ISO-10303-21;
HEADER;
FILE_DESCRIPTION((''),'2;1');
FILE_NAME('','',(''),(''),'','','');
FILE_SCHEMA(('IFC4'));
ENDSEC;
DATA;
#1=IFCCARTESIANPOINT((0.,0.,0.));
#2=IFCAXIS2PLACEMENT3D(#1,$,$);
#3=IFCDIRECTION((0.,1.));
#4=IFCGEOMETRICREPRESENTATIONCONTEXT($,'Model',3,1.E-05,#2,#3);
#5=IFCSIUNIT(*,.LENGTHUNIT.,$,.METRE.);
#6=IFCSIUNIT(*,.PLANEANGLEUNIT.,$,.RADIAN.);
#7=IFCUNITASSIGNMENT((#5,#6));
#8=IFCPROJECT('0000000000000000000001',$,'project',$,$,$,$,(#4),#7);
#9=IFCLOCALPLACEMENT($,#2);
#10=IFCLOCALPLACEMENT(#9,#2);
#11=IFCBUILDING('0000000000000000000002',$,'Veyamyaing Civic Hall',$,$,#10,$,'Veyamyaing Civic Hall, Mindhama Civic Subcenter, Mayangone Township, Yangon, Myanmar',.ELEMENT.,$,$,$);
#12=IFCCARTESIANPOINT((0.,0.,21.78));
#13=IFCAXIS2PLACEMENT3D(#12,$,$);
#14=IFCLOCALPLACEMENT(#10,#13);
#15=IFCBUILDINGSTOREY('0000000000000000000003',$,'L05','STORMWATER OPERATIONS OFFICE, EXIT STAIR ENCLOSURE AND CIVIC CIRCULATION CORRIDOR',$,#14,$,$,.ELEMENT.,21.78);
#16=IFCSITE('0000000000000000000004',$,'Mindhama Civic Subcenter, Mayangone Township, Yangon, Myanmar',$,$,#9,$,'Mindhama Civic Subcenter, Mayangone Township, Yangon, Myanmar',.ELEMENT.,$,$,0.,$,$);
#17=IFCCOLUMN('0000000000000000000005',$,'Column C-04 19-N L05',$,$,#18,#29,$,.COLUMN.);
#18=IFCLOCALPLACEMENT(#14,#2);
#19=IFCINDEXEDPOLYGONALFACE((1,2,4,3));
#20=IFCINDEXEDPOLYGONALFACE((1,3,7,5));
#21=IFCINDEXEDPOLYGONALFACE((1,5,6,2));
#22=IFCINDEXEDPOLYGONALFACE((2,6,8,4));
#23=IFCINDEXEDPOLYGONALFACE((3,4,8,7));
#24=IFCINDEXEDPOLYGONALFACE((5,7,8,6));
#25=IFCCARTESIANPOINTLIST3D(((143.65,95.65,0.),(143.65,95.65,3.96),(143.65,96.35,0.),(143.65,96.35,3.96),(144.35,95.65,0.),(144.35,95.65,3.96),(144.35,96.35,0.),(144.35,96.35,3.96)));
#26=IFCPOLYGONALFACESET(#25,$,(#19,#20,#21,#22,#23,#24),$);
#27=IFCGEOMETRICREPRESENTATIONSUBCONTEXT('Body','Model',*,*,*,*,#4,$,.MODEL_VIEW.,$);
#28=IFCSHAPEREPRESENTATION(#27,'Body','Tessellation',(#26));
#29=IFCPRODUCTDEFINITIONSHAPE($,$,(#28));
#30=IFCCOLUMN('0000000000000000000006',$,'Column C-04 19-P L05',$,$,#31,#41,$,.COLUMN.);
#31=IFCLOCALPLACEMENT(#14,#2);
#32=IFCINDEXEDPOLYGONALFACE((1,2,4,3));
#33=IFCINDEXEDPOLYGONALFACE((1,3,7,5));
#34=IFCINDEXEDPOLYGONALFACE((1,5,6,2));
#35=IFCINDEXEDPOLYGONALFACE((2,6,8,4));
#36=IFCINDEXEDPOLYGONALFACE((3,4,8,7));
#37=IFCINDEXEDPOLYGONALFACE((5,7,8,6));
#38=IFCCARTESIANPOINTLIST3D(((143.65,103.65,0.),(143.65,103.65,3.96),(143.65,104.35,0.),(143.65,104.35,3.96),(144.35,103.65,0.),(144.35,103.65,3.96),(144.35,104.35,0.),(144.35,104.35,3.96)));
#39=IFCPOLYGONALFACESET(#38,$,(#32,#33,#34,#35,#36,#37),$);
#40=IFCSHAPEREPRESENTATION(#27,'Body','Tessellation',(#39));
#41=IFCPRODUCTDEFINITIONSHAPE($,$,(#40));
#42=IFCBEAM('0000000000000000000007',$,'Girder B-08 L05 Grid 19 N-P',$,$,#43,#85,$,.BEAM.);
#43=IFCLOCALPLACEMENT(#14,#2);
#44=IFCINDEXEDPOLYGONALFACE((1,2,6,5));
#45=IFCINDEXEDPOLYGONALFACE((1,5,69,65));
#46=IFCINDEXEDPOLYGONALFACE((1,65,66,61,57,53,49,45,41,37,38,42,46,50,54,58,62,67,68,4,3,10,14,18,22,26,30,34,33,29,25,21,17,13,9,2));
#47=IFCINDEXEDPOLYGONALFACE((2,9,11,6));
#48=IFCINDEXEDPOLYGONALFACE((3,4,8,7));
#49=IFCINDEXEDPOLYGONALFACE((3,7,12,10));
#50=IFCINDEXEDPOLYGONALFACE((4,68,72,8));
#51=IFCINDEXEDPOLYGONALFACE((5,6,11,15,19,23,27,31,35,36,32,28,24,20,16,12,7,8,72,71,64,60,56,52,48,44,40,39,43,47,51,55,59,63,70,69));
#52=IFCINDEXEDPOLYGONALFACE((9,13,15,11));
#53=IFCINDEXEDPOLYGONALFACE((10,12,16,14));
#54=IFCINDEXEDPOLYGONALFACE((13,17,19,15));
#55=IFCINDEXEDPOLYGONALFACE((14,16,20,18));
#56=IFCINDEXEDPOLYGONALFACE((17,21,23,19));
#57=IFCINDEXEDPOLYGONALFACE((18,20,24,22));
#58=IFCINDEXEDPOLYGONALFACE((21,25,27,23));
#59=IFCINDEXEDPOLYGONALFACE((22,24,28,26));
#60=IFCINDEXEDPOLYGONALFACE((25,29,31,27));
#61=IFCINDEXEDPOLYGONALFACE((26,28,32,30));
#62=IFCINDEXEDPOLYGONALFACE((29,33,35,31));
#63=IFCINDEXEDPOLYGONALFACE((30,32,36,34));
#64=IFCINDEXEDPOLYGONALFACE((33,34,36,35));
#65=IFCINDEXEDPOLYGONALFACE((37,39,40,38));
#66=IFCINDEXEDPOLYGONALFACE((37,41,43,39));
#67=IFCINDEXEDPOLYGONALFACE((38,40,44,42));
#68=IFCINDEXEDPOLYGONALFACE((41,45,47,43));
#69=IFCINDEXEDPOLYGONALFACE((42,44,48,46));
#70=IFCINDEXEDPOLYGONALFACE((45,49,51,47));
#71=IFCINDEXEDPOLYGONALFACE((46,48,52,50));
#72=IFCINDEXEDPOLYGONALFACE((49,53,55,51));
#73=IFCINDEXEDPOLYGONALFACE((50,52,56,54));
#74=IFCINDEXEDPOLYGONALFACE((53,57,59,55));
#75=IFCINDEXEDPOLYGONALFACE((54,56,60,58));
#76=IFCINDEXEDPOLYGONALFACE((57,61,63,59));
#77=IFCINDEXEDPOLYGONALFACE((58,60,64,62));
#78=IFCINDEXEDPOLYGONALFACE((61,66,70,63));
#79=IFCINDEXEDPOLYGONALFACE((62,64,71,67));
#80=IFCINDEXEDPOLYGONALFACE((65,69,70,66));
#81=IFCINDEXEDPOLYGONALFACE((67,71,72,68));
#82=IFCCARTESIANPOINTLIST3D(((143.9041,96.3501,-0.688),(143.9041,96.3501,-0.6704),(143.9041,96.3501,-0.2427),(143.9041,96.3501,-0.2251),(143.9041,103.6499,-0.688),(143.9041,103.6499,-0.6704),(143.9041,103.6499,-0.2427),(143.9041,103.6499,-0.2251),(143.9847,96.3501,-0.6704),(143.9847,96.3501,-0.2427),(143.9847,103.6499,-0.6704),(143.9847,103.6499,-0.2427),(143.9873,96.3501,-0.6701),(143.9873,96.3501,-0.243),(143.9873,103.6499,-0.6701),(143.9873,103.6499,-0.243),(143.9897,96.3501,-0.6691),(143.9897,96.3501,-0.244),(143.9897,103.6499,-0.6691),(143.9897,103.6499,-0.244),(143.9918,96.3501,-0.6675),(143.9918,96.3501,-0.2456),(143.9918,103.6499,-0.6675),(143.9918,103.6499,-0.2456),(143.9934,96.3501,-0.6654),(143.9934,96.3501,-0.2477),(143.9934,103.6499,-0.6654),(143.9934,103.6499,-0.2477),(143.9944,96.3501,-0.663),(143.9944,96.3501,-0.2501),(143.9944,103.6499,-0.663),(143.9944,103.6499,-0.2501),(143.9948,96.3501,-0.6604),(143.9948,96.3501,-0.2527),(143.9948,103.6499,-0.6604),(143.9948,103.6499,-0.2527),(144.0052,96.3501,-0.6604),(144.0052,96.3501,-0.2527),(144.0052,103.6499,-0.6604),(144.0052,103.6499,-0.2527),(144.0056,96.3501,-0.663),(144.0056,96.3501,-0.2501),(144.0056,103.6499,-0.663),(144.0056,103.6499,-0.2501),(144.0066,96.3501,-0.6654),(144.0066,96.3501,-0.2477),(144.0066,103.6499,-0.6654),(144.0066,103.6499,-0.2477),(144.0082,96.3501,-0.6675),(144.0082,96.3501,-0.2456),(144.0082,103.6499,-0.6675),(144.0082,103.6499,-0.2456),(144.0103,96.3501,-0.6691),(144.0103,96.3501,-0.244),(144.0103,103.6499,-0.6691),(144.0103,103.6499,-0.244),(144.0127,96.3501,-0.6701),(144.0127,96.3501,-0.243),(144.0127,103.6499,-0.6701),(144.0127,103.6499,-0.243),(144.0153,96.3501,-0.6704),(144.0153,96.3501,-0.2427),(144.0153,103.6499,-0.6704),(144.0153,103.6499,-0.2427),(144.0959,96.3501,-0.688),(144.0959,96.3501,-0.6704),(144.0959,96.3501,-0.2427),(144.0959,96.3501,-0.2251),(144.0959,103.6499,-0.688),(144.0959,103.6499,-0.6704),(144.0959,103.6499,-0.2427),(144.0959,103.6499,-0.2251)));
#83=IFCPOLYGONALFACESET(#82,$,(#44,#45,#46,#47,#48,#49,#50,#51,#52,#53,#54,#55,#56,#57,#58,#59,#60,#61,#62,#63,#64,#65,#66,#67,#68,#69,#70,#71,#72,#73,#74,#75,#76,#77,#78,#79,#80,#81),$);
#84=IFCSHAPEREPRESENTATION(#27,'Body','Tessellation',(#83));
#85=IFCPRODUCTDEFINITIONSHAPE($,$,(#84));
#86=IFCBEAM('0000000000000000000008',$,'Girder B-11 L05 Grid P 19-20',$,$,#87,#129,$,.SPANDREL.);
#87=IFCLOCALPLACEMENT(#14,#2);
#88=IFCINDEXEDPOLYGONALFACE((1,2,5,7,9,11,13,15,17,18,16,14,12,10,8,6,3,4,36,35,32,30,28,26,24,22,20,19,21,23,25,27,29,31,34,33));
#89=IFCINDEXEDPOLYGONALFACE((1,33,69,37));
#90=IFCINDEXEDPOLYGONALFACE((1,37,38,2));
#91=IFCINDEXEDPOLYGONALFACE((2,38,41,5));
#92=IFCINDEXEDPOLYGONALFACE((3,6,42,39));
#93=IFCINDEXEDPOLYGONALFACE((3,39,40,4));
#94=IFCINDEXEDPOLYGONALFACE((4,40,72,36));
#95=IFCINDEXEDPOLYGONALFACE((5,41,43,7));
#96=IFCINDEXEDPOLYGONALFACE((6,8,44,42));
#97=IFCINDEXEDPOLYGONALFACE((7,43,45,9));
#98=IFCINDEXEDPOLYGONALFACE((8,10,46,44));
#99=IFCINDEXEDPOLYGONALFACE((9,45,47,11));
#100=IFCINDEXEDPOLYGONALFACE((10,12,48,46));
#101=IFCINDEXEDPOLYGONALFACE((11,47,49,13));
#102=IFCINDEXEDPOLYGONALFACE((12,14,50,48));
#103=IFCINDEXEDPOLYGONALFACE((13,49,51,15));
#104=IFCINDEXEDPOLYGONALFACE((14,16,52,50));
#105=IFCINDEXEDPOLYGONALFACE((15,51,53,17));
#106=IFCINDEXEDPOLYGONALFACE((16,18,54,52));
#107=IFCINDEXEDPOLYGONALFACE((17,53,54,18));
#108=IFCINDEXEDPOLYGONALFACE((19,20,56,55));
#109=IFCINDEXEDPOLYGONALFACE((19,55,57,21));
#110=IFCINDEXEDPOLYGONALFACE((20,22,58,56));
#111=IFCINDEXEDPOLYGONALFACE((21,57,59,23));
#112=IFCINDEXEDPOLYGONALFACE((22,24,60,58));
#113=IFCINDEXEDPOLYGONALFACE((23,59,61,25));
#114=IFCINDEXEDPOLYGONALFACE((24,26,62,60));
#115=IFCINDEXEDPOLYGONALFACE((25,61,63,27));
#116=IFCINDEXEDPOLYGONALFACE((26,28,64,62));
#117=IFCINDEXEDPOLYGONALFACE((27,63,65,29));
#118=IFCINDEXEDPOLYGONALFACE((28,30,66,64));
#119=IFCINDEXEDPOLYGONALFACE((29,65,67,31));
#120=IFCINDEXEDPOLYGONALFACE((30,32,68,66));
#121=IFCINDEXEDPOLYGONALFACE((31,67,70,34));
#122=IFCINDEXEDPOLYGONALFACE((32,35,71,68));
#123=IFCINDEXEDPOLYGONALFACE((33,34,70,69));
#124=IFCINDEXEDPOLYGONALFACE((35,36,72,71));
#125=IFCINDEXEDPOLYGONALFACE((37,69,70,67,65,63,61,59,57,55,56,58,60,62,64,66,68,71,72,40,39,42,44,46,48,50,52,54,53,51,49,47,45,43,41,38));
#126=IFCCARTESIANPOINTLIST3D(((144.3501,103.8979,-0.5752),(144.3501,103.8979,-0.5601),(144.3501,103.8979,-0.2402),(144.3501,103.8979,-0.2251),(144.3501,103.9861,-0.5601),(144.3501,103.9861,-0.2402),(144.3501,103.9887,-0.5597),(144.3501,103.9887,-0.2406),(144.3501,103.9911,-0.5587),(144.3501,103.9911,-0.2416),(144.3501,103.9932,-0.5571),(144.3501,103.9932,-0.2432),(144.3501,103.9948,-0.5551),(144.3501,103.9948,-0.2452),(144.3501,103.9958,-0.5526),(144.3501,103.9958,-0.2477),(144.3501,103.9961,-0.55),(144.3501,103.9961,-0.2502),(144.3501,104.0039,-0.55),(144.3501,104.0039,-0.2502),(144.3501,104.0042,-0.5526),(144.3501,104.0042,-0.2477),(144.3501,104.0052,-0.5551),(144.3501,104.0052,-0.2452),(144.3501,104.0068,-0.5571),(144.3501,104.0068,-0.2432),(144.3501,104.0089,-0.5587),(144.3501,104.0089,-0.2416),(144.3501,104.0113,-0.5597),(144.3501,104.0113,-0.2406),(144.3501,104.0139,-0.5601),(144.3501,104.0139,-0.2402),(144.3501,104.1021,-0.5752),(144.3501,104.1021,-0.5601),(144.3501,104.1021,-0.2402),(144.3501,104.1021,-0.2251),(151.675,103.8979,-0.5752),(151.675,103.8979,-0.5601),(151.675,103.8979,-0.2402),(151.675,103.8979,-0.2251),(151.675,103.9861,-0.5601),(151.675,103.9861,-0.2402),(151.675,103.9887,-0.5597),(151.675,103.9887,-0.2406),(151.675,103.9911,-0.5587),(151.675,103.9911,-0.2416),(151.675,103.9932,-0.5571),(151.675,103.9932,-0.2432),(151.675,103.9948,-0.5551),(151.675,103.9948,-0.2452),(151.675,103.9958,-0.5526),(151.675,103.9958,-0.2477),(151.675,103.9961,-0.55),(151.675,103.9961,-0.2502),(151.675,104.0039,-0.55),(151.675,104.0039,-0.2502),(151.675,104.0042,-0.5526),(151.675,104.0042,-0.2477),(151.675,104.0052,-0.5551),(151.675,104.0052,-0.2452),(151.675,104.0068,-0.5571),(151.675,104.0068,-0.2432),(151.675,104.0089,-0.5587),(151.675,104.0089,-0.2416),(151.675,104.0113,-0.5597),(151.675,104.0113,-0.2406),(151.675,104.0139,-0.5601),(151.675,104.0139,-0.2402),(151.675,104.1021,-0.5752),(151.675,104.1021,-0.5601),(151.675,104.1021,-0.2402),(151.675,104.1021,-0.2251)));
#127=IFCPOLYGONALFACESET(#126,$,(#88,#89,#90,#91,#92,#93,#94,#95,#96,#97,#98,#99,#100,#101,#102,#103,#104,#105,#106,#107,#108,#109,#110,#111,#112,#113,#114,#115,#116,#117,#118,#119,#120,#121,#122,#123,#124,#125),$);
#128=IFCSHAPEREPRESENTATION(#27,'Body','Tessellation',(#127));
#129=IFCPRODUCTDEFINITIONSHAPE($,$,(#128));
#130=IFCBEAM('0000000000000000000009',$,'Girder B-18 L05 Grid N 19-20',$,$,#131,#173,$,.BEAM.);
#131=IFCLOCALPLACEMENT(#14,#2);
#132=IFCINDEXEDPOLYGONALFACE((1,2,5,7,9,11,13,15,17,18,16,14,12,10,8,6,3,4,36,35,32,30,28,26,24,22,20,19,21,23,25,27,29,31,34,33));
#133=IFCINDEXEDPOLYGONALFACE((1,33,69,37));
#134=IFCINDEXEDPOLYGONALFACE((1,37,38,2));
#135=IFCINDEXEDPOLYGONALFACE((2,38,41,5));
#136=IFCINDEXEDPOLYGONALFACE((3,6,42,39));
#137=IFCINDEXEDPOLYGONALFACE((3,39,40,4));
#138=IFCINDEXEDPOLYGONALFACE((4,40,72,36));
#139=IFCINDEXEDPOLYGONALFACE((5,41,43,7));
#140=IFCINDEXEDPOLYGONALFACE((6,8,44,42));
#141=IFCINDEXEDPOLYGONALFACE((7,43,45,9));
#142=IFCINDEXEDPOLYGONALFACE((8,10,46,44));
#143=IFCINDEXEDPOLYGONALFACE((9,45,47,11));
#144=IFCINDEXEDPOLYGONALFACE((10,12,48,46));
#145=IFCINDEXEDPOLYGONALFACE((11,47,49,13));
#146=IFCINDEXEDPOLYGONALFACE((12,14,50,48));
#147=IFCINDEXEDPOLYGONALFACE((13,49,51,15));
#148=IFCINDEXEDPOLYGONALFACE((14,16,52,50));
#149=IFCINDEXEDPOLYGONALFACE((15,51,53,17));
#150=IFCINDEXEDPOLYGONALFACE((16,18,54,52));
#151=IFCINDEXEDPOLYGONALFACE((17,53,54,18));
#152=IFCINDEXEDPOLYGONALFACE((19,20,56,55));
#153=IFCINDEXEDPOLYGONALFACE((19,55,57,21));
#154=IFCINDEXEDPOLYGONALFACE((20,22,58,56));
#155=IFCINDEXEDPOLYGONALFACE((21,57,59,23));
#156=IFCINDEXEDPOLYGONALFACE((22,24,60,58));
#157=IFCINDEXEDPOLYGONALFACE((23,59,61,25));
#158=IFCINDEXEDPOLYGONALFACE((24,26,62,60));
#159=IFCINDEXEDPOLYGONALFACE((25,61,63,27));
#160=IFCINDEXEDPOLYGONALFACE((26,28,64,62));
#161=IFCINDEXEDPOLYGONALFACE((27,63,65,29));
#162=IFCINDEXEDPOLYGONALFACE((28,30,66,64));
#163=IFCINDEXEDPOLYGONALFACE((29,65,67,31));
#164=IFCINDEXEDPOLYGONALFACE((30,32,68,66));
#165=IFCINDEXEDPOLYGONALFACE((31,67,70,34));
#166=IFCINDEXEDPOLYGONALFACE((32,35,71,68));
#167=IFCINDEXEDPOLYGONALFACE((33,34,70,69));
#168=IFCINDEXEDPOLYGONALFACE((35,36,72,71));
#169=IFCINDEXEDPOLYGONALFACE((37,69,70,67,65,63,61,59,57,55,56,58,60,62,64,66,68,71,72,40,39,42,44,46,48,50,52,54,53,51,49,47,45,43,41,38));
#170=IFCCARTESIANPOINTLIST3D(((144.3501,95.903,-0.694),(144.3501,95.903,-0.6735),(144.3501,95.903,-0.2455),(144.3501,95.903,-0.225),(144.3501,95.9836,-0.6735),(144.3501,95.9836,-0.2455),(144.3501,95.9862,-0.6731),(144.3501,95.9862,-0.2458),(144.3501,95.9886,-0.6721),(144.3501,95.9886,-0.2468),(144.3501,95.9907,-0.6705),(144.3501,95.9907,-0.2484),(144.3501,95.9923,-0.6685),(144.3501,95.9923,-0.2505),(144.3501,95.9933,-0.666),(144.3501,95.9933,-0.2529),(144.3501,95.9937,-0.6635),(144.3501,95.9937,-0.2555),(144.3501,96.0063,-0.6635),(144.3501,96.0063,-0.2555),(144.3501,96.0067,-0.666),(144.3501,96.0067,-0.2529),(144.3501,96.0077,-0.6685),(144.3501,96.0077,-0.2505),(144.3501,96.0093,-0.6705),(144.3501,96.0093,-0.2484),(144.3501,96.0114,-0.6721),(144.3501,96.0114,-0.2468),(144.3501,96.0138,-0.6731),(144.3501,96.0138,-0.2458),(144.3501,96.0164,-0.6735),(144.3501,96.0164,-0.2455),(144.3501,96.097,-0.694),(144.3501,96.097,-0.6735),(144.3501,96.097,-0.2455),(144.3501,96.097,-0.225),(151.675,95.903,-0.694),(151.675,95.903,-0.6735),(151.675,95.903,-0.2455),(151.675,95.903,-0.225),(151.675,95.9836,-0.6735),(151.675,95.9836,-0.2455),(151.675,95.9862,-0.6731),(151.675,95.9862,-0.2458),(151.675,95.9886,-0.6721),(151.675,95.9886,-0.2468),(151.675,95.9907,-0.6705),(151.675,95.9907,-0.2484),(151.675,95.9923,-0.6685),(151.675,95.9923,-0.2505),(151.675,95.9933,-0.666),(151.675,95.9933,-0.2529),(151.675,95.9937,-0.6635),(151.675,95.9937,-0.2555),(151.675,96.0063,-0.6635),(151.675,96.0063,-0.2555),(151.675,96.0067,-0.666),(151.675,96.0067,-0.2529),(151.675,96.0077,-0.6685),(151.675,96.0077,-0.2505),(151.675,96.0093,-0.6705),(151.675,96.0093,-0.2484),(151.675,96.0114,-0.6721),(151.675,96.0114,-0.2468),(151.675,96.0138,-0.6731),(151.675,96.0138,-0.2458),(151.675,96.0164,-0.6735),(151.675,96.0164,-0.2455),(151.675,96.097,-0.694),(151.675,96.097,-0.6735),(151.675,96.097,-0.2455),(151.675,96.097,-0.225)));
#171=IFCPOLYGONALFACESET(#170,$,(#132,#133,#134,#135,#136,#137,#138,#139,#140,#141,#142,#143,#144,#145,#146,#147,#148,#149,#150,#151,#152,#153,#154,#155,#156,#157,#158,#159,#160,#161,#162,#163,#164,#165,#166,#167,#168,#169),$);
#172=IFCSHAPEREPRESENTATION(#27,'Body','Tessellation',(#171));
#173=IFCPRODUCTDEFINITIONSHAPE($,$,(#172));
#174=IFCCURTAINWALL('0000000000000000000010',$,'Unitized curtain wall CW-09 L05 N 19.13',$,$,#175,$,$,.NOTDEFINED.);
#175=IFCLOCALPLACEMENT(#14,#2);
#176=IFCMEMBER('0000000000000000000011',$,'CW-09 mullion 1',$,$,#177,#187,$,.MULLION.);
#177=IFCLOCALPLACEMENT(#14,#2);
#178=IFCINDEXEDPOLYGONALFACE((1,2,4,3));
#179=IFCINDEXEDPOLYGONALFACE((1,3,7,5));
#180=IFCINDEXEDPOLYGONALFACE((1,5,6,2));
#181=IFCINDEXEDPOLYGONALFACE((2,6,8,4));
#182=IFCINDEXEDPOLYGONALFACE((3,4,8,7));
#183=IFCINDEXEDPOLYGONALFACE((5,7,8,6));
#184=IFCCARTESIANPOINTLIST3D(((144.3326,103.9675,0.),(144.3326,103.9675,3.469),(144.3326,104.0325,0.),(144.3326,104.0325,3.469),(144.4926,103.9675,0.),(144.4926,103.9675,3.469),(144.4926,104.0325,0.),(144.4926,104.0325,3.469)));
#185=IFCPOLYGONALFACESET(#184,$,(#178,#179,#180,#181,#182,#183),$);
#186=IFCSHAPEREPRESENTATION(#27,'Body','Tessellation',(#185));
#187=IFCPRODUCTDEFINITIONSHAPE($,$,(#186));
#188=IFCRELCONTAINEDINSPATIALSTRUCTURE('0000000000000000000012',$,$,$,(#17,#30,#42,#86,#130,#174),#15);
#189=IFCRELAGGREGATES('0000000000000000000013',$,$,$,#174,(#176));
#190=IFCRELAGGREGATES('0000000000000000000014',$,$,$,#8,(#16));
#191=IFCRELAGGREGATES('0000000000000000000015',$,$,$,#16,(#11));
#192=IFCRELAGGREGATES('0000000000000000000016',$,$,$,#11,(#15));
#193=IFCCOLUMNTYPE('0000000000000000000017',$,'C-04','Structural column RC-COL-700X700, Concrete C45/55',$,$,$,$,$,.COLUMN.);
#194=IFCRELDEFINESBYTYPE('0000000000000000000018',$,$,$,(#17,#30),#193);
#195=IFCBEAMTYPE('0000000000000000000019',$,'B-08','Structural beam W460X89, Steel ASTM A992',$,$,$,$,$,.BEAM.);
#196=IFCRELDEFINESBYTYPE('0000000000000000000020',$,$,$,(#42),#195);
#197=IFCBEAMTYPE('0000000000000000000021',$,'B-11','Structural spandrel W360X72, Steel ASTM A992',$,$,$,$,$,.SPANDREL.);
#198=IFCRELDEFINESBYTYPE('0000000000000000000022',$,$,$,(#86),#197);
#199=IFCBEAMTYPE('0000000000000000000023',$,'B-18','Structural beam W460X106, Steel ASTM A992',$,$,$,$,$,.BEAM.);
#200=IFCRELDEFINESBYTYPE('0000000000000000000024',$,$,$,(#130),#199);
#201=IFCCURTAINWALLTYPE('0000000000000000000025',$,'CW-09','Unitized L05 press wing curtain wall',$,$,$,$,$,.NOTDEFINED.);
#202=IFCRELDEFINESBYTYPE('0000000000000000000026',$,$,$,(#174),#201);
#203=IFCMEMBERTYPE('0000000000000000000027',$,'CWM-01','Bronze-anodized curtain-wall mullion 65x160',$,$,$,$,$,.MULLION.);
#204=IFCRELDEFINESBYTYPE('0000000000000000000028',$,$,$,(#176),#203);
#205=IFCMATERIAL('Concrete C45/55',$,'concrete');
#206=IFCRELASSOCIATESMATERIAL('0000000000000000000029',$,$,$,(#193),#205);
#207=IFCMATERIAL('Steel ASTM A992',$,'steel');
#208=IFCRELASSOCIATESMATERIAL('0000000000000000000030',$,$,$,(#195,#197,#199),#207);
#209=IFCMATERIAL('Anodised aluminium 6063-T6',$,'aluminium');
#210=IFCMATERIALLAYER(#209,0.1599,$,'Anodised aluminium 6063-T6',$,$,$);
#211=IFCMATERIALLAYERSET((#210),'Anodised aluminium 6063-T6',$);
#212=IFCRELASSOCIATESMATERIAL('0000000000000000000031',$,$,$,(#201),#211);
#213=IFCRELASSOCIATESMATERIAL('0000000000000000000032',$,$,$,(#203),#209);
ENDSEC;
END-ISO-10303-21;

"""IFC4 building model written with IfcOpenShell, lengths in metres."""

from ifc_helpers import new_model, si_unit, direction, frame, origin, origin_2d, place, context, subcontext, project, spatial, rectangle, i_section, extrude, material, layer, layer_set, material_profile, profile_set, type_object, element, aggregate, save


model = new_model("IFC4")

# Units and contexts
model_context = context("Model", 3, precision=1e-05, world=origin(), true_north=direction((0.0, 1.0)))
body_context = subcontext(model_context, "Body", "Model", "MODEL_VIEW")
ifc_project = project(units=[si_unit("LENGTHUNIT", "METRE"), si_unit("PLANEANGLEUNIT", "RADIAN")], contexts=[model_context])

# Site, building, storey
site_placement = place(None, origin())
site = spatial("IfcSite", under=ifc_project, at=site_placement, Name="Mindhama Civic Subcenter, Mayangone Township, Yangon, Myanmar", LongName="Mindhama Civic Subcenter, Mayangone Township, Yangon, Myanmar", CompositionType="ELEMENT", RefElevation=0.0)
building_placement = place(site_placement, origin())
building = spatial("IfcBuilding", under=site, at=building_placement, Name="Veyamyaing Civic Hall", LongName="Veyamyaing Civic Hall, Mindhama Civic Subcenter, Mayangone Township, Yangon, Myanmar", CompositionType="ELEMENT")
storey_placement = place(building_placement, frame((0.0, 0.0, 21.78)))
storey = spatial("IfcBuildingStorey", under=building, at=storey_placement, Name="L05", Description="STORMWATER OPERATIONS OFFICE, EXIT STAIR ENCLOSURE AND CIVIC CIRCULATION CORRIDOR", CompositionType="ELEMENT", Elevation=21.78)

# Columns
ifc_material_1 = material(Name="Concrete C45/55", Category="concrete")
ifc_material_profile_1 = material_profile(ifc_material_1, rectangle(XDim=0.7, YDim=0.7, at=origin_2d()), Name="RC-COL-700X700")
ifc_profile_set_1 = profile_set([ifc_material_profile_1], Name="Concrete C45/55")
column_type = type_object("IfcColumnType", Name="C-04", Description="Structural column RC-COL-700X700, Concrete C45/55", PredefinedType="COLUMN", material=ifc_profile_set_1)
for number, where, z_axis, x_axis, name in (
    (1, (144.0, 96.0, 0.0), (0.0, 0.0, 1.0), (1.0, 0.0, 0.0), "Column C-04 19-N L05"),
    (2, (144.0, 104.0, 0.0), (0.0, 0.0, 1.0), (1.0, 0.0, 0.0), "Column C-04 19-P L05"),
):
    element("IfcColumn", number, at=place(storey_placement, frame(where, z_axis=z_axis, x_axis=x_axis)), inside=storey, type_object=column_type, Name=name, PredefinedType="COLUMN", context=body_context, shape_type="SweptSolid", body=[
        extrude(rectangle(XDim=0.7, YDim=0.7, at=origin_2d()), origin(), (0.0, 0.0, 1.0), 3.96),
    ])

# Beams
ifc_material_2 = material(Name="Steel ASTM A992", Category="steel")
ifc_material_profile_2 = material_profile(ifc_material_2, i_section(OverallWidth=0.1919, OverallDepth=0.4629, WebThickness=0.0105, FlangeThickness=0.0176, FilletRadius=0.01, at=origin_2d()), Name="W460X89")
ifc_profile_set_2 = profile_set([ifc_material_profile_2], Name="Steel ASTM A992")
beam_type_1 = type_object("IfcBeamType", Name="B-08", Description="Structural beam W460X89, Steel ASTM A992", PredefinedType="BEAM", material=ifc_profile_set_2)
beam_1_placement = place(storey_placement, frame((144.0, 96.3501, -0.4565), z_axis=(0.0, 1.0, 0.0), x_axis=(-1.0, 0.0, 0.0)))
element("IfcBeam", 3, at=beam_1_placement, inside=storey, type_object=beam_type_1, Name="Girder B-08 L05 Grid 19 N-P", PredefinedType="BEAM", context=body_context, shape_type="SweptSolid", body=[
    extrude(i_section(OverallWidth=0.1919, OverallDepth=0.4629, WebThickness=0.0105, FlangeThickness=0.0176, FilletRadius=0.01, at=origin_2d()), origin(), (0.0, 0.0, 1.0), 7.2998),
])
ifc_material_profile_3 = material_profile(ifc_material_2, i_section(OverallWidth=0.2041, OverallDepth=0.3501, WebThickness=0.0078, FlangeThickness=0.0151, FilletRadius=0.01, at=origin_2d()), Name="W360X72")
ifc_profile_set_3 = profile_set([ifc_material_profile_3], Name="Steel ASTM A992")
beam_type_2 = type_object("IfcBeamType", Name="B-11", Description="Structural spandrel W360X72, Steel ASTM A992", PredefinedType="SPANDREL", material=ifc_profile_set_3)
beam_2_placement = place(storey_placement, frame((144.3501, 104.0, -0.4001), z_axis=(1.0, 0.0, 0.0), x_axis=(0.0, 1.0, 0.0)))
element("IfcBeam", 4, at=beam_2_placement, inside=storey, type_object=beam_type_2, Name="Girder B-11 L05 Grid P 19-20", PredefinedType="SPANDREL", context=body_context, shape_type="SweptSolid", body=[
    extrude(i_section(OverallWidth=0.2041, OverallDepth=0.3501, WebThickness=0.0078, FlangeThickness=0.0151, FilletRadius=0.01, at=origin_2d()), origin(), (0.0, 0.0, 1.0), 7.325),
])
ifc_material_profile_4 = material_profile(ifc_material_2, i_section(OverallWidth=0.1941, OverallDepth=0.469, WebThickness=0.0127, FlangeThickness=0.0205, FilletRadius=0.01, at=origin_2d()), Name="W460X106")
ifc_profile_set_4 = profile_set([ifc_material_profile_4], Name="Steel ASTM A992")
beam_type_3 = type_object("IfcBeamType", Name="B-18", Description="Structural beam W460X106, Steel ASTM A992", PredefinedType="BEAM", material=ifc_profile_set_4)
beam_3_placement = place(storey_placement, frame((144.3501, 96.0, -0.4595), z_axis=(1.0, 0.0, 0.0), x_axis=(0.0, 1.0, 0.0)))
element("IfcBeam", 5, at=beam_3_placement, inside=storey, type_object=beam_type_3, Name="Girder B-18 L05 Grid N 19-20", PredefinedType="BEAM", context=body_context, shape_type="SweptSolid", body=[
    extrude(i_section(OverallWidth=0.1941, OverallDepth=0.469, WebThickness=0.0127, FlangeThickness=0.0205, FilletRadius=0.01, at=origin_2d()), origin(), (0.0, 0.0, 1.0), 7.325),
])

# Curtain wall, member
ifc_material_3 = material(Name="Anodised aluminium 6063-T6", Category="aluminium")
ifc_layer_1 = layer(ifc_material_3, 0.1599, Name="Anodised aluminium 6063-T6")
ifc_layer_set_1 = layer_set([ifc_layer_1], Name="Anodised aluminium 6063-T6")
curtain_wall_type = type_object("IfcCurtainWallType", Name="CW-09", Description="Unitized L05 press wing curtain wall", PredefinedType="NOTDEFINED", material=ifc_layer_set_1)
curtain_wall_placement = place(storey_placement, origin())
curtain_wall = element("IfcCurtainWall", 6, at=curtain_wall_placement, inside=storey, type_object=curtain_wall_type, Name="Unitized curtain wall CW-09 L05 N 19.13", PredefinedType="NOTDEFINED")
ifc_material_profile_5 = material_profile(ifc_material_3, rectangle(XDim=0.0649, YDim=0.1599, at=origin_2d()), Name="ALU-MUL-65X160")
ifc_profile_set_5 = profile_set([ifc_material_profile_5], Name="Anodised aluminium 6063-T6")
member_type_1 = type_object("IfcMemberType", Name="CWM-01", Description="Bronze-anodized curtain-wall mullion 65x160", PredefinedType="MULLION", material=ifc_profile_set_5)
member_1_placement = place(storey_placement, frame((144.4126, 104.0, 0.0), z_axis=(0.0, 0.0, 1.0), x_axis=(0.0, 1.0, 0.0)))
member_1 = element("IfcMember", 7, at=member_1_placement, type_object=member_type_1, Name="CW-09 mullion 1", PredefinedType="MULLION", context=body_context, shape_type="SweptSolid", body=[
    extrude(rectangle(XDim=0.0649, YDim=0.1599, at=origin_2d()), origin(), (0.0, 0.0, 1.0), 3.469),
])
aggregate(curtain_wall, [member_1])

save(model, "model.ifc")
